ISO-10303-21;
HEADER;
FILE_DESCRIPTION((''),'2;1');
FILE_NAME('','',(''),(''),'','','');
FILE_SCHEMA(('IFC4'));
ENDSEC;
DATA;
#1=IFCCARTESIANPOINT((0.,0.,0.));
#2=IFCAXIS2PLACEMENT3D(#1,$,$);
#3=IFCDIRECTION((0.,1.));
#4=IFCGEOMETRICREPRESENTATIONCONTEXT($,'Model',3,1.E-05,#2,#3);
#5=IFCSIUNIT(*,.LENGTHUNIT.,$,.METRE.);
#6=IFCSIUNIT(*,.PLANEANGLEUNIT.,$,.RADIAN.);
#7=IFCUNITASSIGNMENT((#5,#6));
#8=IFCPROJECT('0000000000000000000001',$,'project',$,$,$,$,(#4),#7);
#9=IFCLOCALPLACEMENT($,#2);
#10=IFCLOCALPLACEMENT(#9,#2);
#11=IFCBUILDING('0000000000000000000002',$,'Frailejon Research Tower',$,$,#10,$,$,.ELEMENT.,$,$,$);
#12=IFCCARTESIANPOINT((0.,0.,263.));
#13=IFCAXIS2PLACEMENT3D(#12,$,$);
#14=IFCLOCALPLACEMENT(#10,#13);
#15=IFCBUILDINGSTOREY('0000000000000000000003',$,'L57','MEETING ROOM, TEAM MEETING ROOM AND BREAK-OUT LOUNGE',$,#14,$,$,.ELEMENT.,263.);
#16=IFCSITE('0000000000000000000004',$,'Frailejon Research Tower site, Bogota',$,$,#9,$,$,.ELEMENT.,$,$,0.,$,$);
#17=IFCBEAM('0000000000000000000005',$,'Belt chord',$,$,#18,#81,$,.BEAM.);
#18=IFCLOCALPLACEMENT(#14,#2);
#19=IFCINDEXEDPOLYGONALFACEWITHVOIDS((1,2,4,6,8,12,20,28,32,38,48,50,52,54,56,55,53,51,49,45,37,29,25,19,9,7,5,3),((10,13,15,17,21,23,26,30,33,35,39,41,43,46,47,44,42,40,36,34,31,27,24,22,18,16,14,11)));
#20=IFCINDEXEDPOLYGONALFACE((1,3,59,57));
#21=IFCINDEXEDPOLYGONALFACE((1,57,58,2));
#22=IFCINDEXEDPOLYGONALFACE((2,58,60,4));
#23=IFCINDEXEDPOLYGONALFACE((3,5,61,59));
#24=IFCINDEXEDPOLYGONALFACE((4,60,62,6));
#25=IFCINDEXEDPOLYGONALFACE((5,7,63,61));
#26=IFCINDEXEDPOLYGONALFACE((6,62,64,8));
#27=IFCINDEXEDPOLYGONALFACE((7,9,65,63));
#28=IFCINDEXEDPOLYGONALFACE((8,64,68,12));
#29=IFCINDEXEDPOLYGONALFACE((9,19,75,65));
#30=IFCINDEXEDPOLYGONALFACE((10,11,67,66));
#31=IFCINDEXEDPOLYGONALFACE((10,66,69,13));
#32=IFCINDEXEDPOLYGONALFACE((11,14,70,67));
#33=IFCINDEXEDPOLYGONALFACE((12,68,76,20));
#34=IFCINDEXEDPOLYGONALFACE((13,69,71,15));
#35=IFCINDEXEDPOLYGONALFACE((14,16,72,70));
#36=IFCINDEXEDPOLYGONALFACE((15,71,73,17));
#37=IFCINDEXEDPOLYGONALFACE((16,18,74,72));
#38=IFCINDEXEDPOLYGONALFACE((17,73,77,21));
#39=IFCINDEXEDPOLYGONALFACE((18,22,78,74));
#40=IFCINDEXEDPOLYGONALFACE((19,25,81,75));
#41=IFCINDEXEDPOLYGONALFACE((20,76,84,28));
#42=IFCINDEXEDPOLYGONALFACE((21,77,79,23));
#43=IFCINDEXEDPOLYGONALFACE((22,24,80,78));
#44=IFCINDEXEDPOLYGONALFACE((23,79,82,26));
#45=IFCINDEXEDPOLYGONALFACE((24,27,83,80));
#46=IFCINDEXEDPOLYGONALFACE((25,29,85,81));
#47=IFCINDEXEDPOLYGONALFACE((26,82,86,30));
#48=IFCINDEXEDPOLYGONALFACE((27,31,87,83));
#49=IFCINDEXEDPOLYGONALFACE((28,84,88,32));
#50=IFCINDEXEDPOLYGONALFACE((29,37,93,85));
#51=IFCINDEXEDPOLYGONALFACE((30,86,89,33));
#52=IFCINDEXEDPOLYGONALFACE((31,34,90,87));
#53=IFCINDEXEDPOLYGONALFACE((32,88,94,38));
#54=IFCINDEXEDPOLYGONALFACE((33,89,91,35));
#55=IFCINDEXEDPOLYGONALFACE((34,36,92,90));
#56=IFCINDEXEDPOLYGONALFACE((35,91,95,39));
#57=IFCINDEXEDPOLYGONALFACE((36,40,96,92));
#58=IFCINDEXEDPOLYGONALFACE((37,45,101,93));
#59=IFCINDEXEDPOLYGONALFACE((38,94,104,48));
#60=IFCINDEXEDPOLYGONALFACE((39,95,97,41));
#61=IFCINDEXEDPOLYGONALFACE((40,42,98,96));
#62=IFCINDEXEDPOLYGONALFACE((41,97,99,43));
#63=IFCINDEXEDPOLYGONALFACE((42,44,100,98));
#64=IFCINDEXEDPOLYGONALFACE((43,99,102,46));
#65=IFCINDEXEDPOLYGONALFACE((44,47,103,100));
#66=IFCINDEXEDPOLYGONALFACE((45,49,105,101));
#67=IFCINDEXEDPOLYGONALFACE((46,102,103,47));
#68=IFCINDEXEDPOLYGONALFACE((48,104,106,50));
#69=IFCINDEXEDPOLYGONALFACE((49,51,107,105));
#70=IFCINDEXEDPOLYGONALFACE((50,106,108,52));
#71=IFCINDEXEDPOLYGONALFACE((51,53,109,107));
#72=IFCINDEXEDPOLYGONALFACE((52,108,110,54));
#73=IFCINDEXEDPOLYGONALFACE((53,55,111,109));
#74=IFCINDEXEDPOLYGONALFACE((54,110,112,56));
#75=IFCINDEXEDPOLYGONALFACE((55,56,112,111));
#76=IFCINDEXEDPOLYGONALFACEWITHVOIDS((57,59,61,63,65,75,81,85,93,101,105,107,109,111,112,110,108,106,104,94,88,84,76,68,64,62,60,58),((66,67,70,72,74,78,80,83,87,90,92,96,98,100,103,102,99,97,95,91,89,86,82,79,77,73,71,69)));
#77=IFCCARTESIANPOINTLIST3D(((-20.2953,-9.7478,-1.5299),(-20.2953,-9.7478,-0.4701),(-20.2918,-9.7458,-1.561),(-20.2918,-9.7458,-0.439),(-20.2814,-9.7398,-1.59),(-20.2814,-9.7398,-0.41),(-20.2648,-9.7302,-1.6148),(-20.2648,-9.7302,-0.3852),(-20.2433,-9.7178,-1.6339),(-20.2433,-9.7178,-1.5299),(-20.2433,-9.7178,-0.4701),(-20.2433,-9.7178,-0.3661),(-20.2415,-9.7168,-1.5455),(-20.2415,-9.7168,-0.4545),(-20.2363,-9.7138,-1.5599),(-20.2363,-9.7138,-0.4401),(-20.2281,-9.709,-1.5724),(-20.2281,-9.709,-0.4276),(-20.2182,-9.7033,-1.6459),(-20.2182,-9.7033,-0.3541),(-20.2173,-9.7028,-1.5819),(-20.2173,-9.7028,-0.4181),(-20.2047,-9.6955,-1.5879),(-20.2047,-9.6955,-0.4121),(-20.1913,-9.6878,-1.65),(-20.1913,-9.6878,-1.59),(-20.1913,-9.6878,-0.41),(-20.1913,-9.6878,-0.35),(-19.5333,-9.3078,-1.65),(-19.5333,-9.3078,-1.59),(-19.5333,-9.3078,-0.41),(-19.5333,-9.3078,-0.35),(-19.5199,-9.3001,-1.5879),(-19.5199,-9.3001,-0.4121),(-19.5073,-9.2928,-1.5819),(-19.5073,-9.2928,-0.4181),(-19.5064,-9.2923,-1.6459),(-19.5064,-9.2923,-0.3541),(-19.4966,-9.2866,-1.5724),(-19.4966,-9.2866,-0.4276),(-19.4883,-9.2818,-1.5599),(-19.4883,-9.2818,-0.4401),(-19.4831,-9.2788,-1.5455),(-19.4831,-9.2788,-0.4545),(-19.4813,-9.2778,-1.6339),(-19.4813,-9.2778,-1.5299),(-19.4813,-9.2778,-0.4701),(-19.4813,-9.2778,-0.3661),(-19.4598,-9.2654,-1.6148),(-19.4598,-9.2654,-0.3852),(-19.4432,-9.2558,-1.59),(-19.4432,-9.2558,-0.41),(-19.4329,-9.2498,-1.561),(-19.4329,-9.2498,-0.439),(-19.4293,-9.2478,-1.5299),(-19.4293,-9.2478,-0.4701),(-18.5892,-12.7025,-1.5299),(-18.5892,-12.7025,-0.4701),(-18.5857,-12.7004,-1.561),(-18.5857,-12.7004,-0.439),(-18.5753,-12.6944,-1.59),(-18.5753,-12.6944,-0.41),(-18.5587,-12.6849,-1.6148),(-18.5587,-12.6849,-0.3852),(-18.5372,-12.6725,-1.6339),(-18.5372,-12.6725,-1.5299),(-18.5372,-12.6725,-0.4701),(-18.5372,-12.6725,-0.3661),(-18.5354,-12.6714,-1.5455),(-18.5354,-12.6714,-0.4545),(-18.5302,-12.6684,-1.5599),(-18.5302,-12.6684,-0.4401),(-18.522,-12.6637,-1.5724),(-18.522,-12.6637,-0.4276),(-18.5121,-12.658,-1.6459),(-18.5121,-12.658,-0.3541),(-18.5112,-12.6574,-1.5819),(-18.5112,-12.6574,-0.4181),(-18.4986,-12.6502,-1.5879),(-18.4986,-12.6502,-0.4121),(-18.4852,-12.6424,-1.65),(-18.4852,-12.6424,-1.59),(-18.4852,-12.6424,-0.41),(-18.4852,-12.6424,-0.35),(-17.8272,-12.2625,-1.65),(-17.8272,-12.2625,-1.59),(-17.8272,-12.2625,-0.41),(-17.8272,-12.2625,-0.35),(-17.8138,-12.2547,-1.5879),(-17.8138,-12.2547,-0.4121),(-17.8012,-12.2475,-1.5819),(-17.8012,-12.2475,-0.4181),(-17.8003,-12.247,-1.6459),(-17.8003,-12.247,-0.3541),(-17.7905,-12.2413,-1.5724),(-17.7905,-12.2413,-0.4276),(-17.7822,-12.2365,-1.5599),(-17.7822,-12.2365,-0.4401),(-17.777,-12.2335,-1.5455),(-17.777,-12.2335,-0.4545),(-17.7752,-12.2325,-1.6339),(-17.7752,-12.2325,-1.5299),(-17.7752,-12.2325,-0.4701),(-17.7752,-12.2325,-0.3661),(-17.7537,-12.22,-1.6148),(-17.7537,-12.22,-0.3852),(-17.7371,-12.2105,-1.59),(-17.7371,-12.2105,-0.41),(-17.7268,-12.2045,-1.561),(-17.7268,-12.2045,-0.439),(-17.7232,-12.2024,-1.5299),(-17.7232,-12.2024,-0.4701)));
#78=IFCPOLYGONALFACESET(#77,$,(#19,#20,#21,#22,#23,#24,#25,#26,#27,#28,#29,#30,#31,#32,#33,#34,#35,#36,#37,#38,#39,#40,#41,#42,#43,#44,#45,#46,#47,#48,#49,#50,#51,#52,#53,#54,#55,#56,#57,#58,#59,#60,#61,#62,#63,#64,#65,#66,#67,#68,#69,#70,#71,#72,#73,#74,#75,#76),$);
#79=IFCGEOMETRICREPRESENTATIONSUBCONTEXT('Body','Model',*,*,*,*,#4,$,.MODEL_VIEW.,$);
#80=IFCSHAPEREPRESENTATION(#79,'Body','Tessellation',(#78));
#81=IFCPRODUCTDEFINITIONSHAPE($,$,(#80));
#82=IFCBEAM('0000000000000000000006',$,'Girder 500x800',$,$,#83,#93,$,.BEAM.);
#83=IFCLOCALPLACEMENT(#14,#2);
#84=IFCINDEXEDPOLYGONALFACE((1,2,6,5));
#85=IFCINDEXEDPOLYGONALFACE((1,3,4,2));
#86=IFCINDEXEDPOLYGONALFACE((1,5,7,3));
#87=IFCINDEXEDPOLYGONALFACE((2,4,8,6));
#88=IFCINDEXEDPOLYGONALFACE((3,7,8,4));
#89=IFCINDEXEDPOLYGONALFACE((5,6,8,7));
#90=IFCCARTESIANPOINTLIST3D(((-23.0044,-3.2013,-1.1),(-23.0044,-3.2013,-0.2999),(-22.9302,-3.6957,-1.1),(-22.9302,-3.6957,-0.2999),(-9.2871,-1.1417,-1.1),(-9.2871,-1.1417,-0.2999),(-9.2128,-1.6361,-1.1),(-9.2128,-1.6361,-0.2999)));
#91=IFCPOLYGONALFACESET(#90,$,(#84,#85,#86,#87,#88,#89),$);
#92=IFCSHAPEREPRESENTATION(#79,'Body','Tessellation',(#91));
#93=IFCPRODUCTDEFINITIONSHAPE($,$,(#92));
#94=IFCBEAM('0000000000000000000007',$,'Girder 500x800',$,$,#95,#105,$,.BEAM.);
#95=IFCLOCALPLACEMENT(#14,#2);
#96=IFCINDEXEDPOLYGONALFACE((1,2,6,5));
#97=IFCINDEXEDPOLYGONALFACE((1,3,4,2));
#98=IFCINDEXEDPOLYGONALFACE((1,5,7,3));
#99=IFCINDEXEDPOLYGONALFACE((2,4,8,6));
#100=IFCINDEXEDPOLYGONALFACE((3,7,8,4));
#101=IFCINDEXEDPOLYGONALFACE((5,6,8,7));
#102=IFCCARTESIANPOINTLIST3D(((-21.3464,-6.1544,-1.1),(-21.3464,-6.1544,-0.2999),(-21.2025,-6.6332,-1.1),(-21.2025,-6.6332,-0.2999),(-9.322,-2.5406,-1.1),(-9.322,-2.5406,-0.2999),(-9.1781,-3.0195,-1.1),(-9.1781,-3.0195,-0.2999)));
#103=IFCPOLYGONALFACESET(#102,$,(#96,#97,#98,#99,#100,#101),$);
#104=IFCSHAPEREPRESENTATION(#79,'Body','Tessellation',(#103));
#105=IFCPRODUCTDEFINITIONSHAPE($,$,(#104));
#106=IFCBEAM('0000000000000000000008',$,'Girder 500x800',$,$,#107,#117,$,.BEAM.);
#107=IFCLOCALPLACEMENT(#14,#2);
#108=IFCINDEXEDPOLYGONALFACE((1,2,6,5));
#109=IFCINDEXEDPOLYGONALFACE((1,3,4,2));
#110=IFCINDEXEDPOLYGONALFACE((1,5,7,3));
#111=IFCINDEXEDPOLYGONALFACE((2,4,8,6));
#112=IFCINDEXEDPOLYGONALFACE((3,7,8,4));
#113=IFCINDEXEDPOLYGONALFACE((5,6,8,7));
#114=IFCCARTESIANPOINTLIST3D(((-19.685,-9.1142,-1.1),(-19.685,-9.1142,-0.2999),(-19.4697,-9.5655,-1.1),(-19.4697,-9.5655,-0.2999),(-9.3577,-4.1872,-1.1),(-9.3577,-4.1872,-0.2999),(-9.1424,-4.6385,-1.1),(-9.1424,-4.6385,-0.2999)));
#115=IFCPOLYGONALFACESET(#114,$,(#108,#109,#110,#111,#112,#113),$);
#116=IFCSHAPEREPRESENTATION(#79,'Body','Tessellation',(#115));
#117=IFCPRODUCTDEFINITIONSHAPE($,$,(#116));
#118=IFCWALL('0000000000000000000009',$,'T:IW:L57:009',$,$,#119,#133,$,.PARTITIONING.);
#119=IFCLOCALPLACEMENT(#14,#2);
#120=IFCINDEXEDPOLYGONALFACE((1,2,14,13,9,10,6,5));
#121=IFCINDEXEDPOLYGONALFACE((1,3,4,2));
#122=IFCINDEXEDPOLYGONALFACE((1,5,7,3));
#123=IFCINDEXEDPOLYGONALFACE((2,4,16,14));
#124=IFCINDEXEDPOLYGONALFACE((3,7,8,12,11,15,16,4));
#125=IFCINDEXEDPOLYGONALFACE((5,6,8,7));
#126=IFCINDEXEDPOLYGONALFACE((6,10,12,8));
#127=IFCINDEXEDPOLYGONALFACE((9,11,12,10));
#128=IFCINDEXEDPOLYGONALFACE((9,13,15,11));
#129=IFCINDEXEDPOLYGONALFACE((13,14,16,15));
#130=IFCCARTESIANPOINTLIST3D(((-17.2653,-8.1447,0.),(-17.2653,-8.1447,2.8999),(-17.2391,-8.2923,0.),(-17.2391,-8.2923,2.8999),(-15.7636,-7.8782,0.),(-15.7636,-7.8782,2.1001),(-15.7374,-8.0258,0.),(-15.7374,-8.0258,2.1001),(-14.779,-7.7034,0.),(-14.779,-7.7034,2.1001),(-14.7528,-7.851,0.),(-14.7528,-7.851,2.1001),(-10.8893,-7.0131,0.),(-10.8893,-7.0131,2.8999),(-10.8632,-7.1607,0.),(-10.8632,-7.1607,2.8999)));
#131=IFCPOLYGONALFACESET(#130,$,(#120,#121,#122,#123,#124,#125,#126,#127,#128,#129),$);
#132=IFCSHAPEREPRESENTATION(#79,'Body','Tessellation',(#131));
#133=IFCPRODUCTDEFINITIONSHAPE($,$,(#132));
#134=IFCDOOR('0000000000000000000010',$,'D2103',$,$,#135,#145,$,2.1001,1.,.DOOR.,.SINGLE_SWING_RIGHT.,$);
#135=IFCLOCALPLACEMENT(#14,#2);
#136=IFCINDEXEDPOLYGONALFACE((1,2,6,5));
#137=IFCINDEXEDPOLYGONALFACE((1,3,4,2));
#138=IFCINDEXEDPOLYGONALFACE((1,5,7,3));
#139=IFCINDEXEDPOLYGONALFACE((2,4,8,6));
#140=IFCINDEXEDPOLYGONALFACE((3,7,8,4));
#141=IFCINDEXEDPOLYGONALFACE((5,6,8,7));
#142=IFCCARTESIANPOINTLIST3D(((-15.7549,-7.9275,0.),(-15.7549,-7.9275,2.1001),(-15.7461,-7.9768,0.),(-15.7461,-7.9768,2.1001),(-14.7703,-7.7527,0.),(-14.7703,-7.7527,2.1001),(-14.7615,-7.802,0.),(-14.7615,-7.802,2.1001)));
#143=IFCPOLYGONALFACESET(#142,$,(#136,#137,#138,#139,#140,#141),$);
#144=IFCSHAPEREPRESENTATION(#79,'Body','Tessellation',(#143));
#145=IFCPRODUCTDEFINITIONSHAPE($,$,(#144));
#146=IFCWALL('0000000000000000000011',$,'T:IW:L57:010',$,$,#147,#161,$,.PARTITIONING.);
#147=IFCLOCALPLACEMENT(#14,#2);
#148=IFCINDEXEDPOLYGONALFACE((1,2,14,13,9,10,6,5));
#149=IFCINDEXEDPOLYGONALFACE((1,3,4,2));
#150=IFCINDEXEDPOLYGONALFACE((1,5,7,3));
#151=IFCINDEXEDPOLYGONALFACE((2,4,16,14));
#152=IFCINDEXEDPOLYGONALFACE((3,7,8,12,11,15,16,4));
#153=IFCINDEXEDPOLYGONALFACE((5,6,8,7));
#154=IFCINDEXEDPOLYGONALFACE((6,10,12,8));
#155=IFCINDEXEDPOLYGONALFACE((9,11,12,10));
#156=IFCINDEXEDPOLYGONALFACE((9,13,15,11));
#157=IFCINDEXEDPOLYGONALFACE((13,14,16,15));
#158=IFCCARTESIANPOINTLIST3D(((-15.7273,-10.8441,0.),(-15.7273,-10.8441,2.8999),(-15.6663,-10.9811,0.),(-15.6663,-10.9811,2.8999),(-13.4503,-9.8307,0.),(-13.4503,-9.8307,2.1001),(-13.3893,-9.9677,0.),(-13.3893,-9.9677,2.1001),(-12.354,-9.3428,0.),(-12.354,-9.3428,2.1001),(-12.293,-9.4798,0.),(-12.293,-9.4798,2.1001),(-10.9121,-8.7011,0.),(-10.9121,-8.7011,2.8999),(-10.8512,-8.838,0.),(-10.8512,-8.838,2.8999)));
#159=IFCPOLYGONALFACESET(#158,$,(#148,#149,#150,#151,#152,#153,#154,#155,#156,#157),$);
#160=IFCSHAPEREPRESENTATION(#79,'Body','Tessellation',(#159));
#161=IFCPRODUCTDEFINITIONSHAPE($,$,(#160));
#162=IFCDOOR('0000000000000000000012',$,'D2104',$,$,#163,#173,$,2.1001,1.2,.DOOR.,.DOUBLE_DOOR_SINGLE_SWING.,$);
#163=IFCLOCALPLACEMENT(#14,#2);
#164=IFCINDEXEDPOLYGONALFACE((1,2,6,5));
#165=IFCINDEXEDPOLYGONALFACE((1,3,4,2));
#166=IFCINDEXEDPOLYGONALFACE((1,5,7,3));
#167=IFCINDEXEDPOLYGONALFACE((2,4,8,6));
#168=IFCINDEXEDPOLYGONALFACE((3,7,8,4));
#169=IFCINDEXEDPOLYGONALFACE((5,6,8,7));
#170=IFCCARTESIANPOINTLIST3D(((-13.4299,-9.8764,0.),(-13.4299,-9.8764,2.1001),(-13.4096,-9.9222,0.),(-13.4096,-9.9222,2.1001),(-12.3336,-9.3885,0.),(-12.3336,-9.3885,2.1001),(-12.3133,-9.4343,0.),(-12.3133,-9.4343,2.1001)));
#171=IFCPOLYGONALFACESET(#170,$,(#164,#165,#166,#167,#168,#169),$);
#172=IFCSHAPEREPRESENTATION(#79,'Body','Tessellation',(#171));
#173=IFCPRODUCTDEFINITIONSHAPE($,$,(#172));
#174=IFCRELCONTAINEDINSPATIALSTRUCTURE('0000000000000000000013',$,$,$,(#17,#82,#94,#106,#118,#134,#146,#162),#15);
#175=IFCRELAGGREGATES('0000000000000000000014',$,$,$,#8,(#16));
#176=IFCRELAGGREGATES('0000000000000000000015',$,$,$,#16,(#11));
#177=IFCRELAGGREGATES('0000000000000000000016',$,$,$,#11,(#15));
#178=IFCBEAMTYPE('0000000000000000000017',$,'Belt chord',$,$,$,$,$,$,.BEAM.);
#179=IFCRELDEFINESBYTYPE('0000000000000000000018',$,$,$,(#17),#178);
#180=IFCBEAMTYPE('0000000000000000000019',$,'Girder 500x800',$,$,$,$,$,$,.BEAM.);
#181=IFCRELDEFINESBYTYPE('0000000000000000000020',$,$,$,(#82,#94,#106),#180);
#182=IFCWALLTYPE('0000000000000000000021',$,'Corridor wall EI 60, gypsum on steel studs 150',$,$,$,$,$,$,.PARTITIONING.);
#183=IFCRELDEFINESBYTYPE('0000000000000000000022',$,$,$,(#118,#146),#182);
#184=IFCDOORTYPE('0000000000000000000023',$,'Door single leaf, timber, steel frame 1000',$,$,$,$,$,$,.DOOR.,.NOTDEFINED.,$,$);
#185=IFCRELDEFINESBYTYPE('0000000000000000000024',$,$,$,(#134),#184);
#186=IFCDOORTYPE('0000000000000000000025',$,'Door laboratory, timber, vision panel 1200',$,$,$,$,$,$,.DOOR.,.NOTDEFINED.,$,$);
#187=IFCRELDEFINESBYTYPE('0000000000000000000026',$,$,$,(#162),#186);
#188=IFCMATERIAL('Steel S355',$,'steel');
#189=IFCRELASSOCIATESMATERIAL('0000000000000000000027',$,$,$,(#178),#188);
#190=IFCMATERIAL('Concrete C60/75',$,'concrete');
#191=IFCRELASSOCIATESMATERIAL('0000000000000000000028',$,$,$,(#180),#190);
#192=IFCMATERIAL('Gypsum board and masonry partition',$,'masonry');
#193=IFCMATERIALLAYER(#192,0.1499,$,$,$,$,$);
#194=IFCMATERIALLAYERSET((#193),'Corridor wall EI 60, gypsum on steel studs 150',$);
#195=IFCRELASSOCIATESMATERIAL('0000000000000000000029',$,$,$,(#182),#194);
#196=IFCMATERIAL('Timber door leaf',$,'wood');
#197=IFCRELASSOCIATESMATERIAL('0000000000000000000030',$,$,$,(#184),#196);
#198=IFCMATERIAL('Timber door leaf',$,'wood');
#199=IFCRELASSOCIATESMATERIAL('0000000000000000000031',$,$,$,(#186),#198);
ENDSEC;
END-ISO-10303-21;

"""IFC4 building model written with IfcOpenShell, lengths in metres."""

from ifc_helpers import new_model, si_unit, direction, frame, frame_2d, origin, origin_2d, place, context, subcontext, project, spatial, rectangle, hollow_rectangle, extrude, material, layer, layer_set, material_profile, profile_set, type_object, element, fill, save


model = new_model("IFC4")

# Units and contexts
model_context = context("Model", 3, precision=1e-05, world=origin(), true_north=direction((0.0, 1.0)))
body_context = subcontext(model_context, "Body", "Model", "MODEL_VIEW")
ifc_project = project(units=[si_unit("LENGTHUNIT", "METRE"), si_unit("PLANEANGLEUNIT", "RADIAN")], contexts=[model_context])

# Site, building, storey
site_placement = place(None, origin())
site = spatial("IfcSite", under=ifc_project, at=site_placement, Name="Frailejon Research Tower site, Bogota", CompositionType="ELEMENT", RefElevation=0.0)
building_placement = place(site_placement, origin())
building = spatial("IfcBuilding", under=site, at=building_placement, Name="Frailejon Research Tower", CompositionType="ELEMENT")
storey_placement = place(building_placement, frame((0.0, 0.0, 263.0)))
storey = spatial("IfcBuildingStorey", under=building, at=storey_placement, Name="L57", Description="MEETING ROOM, TEAM MEETING ROOM AND BREAK-OUT LOUNGE", CompositionType="ELEMENT", Elevation=263.0)

# Beams
ifc_material_1 = material(Name="Steel S355", Category="steel")
ifc_material_profile_1 = material_profile(ifc_material_1, hollow_rectangle(XDim=1.0, YDim=1.3, WallThickness=0.0601, InnerFilletRadius=0.0601, OuterFilletRadius=0.1201, at=origin_2d()), Name="Belt chord")
ifc_profile_set_1 = profile_set([ifc_material_profile_1], Name="Steel S355")
beam_type_1 = type_object("IfcBeamType", Name="Belt chord", PredefinedType="BEAM", material=ifc_profile_set_1)
beam_1_placement = place(storey_placement, frame((-19.8623, -9.4978, -1.0), z_axis=(0.500049, -0.865997, 0.0), x_axis=(0.865997, 0.500049, 0.0)))
element("IfcBeam", 1, at=beam_1_placement, inside=storey, type_object=beam_type_1, Name="Belt chord", PredefinedType="BEAM", context=body_context, shape_type="SweptSolid", body=[
    extrude(hollow_rectangle(XDim=1.0, YDim=1.3, WallThickness=0.0601, InnerFilletRadius=0.0601, OuterFilletRadius=0.1201, at=origin_2d()), origin(), (0.0, 0.0, 1.0), 3.4119),
])
ifc_material_2 = material(Name="Concrete C60/75", Category="concrete")
ifc_material_profile_2 = material_profile(ifc_material_2, rectangle(XDim=0.5, YDim=0.8, at=origin_2d()), Name="Girder 500x800")
ifc_profile_set_2 = profile_set([ifc_material_profile_2], Name="Concrete C60/75")
beam_type_2 = type_object("IfcBeamType", Name="Girder 500x800", PredefinedType="BEAM", material=ifc_profile_set_2)
beam_2_placement = place(storey_placement, frame((-22.9673, -3.4485, -0.7), z_axis=(0.988915, 0.14848, 0.0), x_axis=(-0.14848, 0.988915, 0.0)))
element("IfcBeam", 2, at=beam_2_placement, inside=storey, type_object=beam_type_2, Name="Girder 500x800", PredefinedType="BEAM", context=body_context, shape_type="SweptSolid", body=[
    extrude(rectangle(XDim=0.5, YDim=0.8, at=origin_2d()), origin(), (0.0, 0.0, 1.0), 13.8711),
])
beam_3_placement = place(storey_placement, frame((-21.2744, -6.3938, -0.7), z_axis=(0.957685, 0.287819, 0.0), x_axis=(-0.287819, 0.957685, 0.0)))
element("IfcBeam", 3, at=beam_3_placement, inside=storey, type_object=beam_type_2, Name="Girder 500x800", PredefinedType="BEAM", context=body_context, shape_type="SweptSolid", body=[
    extrude(rectangle(XDim=0.5, YDim=0.8, at=origin_2d()), origin(), (0.0, 0.0, 1.0), 12.5557),
])
beam_4_placement = place(storey_placement, frame((-19.5774, -9.3398, -0.7), z_axis=(0.902548, 0.430589, 0.0), x_axis=(-0.430589, 0.902548, 0.0)))
element("IfcBeam", 4, at=beam_4_placement, inside=storey, type_object=beam_type_2, Name="Girder 500x800", PredefinedType="BEAM", context=body_context, shape_type="SweptSolid", body=[
    extrude(rectangle(XDim=0.5, YDim=0.8, at=origin_2d()), origin(), (0.0, 0.0, 1.0), 11.4424),
])

# Walls, openings, doors
ifc_material_3 = material(Name="Gypsum board and masonry partition", Category="masonry")
ifc_layer_1 = layer(ifc_material_3, 0.1499)
ifc_layer_set_1 = layer_set([ifc_layer_1], Name="Corridor wall EI 60, gypsum on steel studs 150")
wall_type_1 = type_object("IfcWallType", Name="Corridor wall EI 60, gypsum on steel studs 150", PredefinedType="PARTITIONING", material=ifc_layer_set_1)
wall_1_placement = place(storey_placement, frame((-17.2522, -8.2185, 0.0), z_axis=(0.0, 0.0, 1.0), x_axis=(0.984613, 0.174747, 0.0)))
wall_1 = element("IfcWall", 5, at=wall_1_placement, inside=storey, type_object=wall_type_1, Name="T:IW:L57:009", PredefinedType="PARTITIONING", context=body_context, shape_type="SweptSolid", body=[
    extrude(rectangle(XDim=6.4756, YDim=0.1499, at=frame_2d((3.2378, 0.0))), origin(), (0.0, 0.0, 1.0), 2.8999),
])
opening_1_placement = place(wall_1_placement, frame((1.5251, 0.0, 0.0)))
opening_1 = element("IfcOpeningElement", 6, at=opening_1_placement, cuts=wall_1, PredefinedType="OPENING", context=body_context, shape_type="SweptSolid", body=[
    extrude(rectangle(XDim=1.0, YDim=2.1001, at=frame_2d((0.5, 1.05))), frame((0.0, 0.085, 0.0), z_axis=(0.0, -1.0, 0.0), x_axis=(1.0, 0.0, 0.0)), (0.0, 0.0, 1.0), 0.1699),
])
ifc_material_4 = material(Name="Timber door leaf", Category="wood")
door_type_1 = type_object("IfcDoorType", Name="Door single leaf, timber, steel frame 1000", OperationType="NOTDEFINED", PredefinedType="DOOR", material=ifc_material_4)
door_1_placement = place(opening_1_placement, origin())
door_1 = element("IfcDoor", 7, at=door_1_placement, inside=storey, type_object=door_type_1, Name="D2103", OperationType="SINGLE_SWING_RIGHT", OverallHeight=2.1001, OverallWidth=1.0, PredefinedType="DOOR", context=body_context, shape_type="SweptSolid", body=[
    extrude(rectangle(XDim=1.0, YDim=2.1001, at=frame_2d((0.5, 1.05))), frame((0.0, 0.0249, 0.0), z_axis=(0.0, -1.0, 0.0), x_axis=(1.0, 0.0, 0.0)), (0.0, 0.0, 1.0), 0.05),
])
fill(opening_1, door_1)
wall_2_placement = place(storey_placement, frame((-15.6968, -10.9126, 0.0), z_axis=(0.0, 0.0, 1.0), x_axis=(0.913601, 0.406611, 0.0)))
wall_2 = element("IfcWall", 8, at=wall_2_placement, inside=storey, type_object=wall_type_1, Name="T:IW:L57:010", PredefinedType="PARTITIONING", context=body_context, shape_type="SweptSolid", body=[
    extrude(rectangle(XDim=5.2705, YDim=0.1499, at=frame_2d((2.6353, 0.0))), origin(), (0.0, 0.0, 1.0), 2.8999),
])
opening_2_placement = place(wall_2_placement, frame((2.4922, 0.0, 0.0)))
opening_2 = element("IfcOpeningElement", 9, at=opening_2_placement, cuts=wall_2, PredefinedType="OPENING", context=body_context, shape_type="SweptSolid", body=[
    extrude(rectangle(XDim=1.2, YDim=2.1001, at=frame_2d((0.6001, 1.05))), frame((0.0, 0.085, 0.0), z_axis=(0.0, -1.0, 0.0), x_axis=(1.0, 0.0, 0.0)), (0.0, 0.0, 1.0), 0.1699),
])
ifc_material_5 = material(Name="Timber door leaf", Category="wood")
door_type_2 = type_object("IfcDoorType", Name="Door laboratory, timber, vision panel 1200", OperationType="NOTDEFINED", PredefinedType="DOOR", material=ifc_material_5)
door_2_placement = place(opening_2_placement, origin())
door_2 = element("IfcDoor", 10, at=door_2_placement, inside=storey, type_object=door_type_2, Name="D2104", OperationType="DOUBLE_DOOR_SINGLE_SWING", OverallHeight=2.1001, OverallWidth=1.2, PredefinedType="DOOR", context=body_context, shape_type="SweptSolid", body=[
    extrude(rectangle(XDim=1.2, YDim=2.1001, at=frame_2d((0.6001, 1.05))), frame((0.0, 0.0249, 0.0), z_axis=(0.0, -1.0, 0.0), x_axis=(1.0, 0.0, 0.0)), (0.0, 0.0, 1.0), 0.05),
])
fill(opening_2, door_2)

save(model, "model.ifc")
